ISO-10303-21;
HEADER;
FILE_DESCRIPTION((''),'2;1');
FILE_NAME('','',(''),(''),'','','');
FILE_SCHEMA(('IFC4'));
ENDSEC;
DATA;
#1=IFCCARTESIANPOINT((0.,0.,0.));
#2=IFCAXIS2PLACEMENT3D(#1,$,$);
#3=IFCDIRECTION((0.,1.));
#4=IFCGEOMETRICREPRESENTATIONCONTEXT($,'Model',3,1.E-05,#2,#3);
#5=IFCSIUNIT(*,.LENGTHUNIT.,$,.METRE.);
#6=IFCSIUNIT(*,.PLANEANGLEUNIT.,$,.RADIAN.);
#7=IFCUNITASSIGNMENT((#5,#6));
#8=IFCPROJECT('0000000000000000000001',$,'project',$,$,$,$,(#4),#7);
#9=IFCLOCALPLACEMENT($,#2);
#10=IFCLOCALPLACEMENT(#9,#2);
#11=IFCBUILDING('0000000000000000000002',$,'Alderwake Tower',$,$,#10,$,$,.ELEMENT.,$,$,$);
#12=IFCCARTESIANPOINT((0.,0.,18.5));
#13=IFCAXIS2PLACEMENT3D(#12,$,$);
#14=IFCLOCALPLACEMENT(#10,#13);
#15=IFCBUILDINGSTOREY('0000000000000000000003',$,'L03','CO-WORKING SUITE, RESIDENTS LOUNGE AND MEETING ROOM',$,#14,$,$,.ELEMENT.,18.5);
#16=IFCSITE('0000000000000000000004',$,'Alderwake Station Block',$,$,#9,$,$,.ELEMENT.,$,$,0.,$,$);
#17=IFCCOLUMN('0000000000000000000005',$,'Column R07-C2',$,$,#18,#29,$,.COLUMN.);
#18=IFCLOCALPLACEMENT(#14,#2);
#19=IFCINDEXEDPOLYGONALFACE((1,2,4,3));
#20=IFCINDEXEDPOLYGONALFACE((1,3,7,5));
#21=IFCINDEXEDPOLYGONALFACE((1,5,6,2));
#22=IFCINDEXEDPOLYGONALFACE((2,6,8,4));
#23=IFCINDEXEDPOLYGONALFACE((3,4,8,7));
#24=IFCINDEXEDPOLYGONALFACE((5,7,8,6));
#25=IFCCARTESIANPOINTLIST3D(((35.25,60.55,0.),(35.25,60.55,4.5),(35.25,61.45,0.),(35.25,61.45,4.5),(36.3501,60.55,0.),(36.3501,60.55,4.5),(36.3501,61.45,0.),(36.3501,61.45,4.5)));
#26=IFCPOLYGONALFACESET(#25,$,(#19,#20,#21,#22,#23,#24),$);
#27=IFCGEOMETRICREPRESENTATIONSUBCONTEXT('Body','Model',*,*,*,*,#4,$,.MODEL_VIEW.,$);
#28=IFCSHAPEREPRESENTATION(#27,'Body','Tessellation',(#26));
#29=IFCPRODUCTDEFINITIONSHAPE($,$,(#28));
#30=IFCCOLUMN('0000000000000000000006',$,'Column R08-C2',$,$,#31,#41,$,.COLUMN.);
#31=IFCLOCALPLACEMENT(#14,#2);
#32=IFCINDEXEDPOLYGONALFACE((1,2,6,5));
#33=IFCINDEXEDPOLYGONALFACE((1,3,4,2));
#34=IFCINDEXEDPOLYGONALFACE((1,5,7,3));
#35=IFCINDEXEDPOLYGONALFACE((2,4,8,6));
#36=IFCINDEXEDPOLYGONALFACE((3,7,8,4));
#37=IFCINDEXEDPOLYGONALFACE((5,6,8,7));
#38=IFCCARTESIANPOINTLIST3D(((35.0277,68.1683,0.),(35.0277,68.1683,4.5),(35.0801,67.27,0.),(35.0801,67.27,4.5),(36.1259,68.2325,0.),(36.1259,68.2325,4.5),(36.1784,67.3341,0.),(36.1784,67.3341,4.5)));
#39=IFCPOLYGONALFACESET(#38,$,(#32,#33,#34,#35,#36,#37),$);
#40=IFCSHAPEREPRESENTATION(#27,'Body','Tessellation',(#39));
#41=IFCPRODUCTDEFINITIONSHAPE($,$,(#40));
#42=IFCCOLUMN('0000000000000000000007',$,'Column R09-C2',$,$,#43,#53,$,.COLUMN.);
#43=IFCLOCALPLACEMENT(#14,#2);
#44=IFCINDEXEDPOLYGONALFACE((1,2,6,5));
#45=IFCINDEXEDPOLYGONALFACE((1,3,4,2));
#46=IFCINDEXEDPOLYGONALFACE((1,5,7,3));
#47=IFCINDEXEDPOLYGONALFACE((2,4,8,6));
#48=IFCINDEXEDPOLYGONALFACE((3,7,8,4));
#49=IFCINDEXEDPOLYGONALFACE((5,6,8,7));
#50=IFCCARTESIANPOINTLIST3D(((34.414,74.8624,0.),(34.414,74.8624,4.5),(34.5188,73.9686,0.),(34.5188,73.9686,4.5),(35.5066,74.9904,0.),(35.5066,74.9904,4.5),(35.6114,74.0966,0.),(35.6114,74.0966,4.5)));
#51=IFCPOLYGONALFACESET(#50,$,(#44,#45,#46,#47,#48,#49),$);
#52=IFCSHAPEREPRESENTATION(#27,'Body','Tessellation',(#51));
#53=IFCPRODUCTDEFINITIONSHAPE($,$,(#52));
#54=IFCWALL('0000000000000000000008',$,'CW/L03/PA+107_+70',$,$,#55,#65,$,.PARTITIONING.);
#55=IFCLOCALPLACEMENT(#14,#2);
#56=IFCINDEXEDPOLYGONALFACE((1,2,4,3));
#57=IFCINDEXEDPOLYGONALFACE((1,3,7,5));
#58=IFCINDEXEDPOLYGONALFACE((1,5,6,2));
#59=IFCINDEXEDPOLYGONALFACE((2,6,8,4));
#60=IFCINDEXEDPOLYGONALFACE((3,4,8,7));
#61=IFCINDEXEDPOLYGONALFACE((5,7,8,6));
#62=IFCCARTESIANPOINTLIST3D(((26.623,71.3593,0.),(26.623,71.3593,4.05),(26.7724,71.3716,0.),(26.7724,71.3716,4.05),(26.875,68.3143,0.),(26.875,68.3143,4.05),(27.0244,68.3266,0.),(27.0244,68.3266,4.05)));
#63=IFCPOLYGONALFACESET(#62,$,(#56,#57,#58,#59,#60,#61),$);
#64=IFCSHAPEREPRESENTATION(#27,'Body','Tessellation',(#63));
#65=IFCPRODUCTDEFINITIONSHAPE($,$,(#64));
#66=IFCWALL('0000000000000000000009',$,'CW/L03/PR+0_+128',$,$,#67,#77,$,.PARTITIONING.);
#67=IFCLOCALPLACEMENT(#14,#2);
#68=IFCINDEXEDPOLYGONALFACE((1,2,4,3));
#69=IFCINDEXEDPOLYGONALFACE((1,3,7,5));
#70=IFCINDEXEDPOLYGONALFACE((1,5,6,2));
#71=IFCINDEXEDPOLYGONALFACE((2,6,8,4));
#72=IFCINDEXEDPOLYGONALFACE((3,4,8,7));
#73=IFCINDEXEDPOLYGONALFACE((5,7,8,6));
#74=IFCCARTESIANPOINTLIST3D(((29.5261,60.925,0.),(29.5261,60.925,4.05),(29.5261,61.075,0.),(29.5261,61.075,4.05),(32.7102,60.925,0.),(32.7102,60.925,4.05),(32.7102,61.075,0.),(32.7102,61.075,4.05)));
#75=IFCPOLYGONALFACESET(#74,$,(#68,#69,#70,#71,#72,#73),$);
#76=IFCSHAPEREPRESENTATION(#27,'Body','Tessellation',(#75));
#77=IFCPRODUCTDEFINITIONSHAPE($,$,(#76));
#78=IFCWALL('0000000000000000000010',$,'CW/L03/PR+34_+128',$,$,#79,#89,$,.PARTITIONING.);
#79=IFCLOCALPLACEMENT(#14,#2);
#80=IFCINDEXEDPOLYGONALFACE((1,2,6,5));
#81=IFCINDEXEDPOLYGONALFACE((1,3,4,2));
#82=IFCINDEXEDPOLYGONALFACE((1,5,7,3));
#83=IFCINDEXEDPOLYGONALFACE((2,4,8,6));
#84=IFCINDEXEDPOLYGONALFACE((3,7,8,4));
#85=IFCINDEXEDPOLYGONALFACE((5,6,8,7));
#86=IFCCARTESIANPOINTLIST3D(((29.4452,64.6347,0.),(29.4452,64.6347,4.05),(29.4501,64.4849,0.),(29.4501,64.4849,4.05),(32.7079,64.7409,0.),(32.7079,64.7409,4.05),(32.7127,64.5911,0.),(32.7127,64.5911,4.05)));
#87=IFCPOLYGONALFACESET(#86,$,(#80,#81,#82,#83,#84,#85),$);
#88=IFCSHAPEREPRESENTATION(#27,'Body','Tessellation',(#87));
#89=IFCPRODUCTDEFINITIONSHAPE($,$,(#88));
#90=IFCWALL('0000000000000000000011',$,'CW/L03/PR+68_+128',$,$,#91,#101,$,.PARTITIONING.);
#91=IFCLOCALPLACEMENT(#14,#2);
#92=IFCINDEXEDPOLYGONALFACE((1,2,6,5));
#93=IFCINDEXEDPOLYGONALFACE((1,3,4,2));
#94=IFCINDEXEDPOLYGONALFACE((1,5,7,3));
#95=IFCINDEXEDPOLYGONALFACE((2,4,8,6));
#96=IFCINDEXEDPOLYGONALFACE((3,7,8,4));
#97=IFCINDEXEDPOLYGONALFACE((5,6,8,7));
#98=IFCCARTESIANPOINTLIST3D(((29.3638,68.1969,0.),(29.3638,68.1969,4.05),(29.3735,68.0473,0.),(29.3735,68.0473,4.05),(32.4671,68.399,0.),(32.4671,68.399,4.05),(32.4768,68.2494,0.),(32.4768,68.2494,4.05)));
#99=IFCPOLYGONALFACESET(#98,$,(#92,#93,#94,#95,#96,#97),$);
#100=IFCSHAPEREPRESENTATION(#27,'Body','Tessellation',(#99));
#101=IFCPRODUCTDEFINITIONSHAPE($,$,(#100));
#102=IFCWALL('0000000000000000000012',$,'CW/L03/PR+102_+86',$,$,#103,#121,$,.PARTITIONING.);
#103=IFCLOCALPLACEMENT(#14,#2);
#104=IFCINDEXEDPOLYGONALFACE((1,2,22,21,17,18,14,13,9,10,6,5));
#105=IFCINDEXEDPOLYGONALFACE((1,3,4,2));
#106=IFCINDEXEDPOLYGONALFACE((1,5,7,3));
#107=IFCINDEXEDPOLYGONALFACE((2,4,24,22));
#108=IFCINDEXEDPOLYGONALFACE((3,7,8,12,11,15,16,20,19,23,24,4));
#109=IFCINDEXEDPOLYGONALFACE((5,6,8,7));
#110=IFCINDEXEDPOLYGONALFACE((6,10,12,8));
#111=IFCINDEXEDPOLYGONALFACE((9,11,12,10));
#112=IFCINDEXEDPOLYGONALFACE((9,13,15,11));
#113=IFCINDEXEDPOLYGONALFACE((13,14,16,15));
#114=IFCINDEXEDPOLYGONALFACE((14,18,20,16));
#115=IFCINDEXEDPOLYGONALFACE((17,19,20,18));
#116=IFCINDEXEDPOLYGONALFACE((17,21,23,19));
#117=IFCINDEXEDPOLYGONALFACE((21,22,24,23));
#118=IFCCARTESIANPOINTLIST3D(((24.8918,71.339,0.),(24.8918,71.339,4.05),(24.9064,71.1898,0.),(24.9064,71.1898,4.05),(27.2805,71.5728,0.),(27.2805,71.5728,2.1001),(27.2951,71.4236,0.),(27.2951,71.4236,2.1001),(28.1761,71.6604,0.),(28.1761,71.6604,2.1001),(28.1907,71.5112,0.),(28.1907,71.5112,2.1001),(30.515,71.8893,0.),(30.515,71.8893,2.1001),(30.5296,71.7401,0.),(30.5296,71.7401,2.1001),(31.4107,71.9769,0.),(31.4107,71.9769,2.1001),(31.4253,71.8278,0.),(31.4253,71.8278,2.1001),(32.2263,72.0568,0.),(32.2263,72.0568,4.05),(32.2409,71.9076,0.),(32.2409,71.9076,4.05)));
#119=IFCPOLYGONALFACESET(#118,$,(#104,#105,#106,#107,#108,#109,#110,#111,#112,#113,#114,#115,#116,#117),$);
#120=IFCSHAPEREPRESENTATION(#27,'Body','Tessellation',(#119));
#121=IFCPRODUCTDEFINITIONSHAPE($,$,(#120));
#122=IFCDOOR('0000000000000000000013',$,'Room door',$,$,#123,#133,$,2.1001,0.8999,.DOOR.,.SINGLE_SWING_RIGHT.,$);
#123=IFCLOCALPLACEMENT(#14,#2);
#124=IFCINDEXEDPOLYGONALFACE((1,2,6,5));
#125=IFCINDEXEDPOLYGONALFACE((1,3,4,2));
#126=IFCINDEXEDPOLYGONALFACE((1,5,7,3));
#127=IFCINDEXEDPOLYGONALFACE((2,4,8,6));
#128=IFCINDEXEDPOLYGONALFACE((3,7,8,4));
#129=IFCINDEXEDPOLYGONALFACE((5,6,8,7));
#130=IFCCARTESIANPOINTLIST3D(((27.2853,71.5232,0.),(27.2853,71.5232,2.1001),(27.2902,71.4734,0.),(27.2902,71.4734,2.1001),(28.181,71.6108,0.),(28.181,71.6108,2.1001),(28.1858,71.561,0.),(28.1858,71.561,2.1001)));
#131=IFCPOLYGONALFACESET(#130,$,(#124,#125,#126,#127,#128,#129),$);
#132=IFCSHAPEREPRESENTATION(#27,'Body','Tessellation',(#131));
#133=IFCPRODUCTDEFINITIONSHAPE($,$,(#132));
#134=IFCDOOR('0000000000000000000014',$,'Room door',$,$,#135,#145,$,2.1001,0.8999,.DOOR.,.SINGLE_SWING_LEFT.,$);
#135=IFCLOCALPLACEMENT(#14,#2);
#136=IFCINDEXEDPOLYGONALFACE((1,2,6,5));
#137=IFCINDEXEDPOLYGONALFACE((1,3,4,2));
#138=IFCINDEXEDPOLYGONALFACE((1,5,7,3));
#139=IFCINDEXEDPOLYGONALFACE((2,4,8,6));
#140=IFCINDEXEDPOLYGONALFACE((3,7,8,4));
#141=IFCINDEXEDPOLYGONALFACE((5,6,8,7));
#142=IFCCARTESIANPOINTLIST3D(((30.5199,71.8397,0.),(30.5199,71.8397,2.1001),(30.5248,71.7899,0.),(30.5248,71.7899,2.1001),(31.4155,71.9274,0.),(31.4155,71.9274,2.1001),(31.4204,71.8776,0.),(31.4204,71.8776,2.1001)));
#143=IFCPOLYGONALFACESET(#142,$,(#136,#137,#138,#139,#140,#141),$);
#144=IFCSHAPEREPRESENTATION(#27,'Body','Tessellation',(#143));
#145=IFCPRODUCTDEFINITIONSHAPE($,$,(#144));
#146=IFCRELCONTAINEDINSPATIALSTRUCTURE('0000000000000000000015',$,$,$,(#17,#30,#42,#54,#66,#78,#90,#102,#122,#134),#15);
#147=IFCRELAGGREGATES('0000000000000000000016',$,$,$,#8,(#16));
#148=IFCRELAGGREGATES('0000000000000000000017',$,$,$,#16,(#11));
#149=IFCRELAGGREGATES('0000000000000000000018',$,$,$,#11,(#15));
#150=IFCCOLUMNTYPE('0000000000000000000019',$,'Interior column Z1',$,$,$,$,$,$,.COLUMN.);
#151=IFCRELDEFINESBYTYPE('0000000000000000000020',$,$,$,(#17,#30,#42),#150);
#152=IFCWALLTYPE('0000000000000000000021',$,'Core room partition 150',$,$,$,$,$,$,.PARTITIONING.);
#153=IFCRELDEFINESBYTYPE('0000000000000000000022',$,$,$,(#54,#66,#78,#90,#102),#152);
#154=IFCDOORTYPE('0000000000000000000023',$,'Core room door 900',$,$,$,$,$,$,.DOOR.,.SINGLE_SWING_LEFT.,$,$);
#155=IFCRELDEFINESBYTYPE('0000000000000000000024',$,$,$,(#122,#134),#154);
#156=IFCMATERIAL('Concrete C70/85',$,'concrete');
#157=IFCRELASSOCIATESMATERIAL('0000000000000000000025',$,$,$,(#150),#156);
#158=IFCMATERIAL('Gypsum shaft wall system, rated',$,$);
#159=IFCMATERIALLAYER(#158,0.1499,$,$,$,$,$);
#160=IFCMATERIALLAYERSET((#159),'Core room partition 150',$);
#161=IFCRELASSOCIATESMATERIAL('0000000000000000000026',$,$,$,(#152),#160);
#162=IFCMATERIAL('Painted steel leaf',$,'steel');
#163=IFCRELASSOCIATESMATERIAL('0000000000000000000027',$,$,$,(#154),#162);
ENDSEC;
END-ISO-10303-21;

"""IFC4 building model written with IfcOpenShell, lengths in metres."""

from ifc_helpers import new_model, si_unit, direction, frame, frame_2d, origin, origin_2d, place, context, subcontext, project, spatial, rectangle, extrude, material, layer, layer_set, material_profile, profile_set, type_object, element, fill, save


model = new_model("IFC4")

# Units and contexts
model_context = context("Model", 3, precision=1e-05, world=origin(), true_north=direction((0.0, 1.0)))
body_context = subcontext(model_context, "Body", "Model", "MODEL_VIEW")
ifc_project = project(units=[si_unit("LENGTHUNIT", "METRE"), si_unit("PLANEANGLEUNIT", "RADIAN")], contexts=[model_context])

# Site, building, storey
site_placement = place(None, origin())
site = spatial("IfcSite", under=ifc_project, at=site_placement, Name="Alderwake Station Block", CompositionType="ELEMENT", RefElevation=0.0)
building_placement = place(site_placement, origin())
building = spatial("IfcBuilding", under=site, at=building_placement, Name="Alderwake Tower", CompositionType="ELEMENT")
storey_placement = place(building_placement, frame((0.0, 0.0, 18.5)))
storey = spatial("IfcBuildingStorey", under=building, at=storey_placement, Name="L03", Description="CO-WORKING SUITE, RESIDENTS LOUNGE AND MEETING ROOM", CompositionType="ELEMENT", Elevation=18.5)

# Columns
ifc_material_1 = material(Name="Concrete C70/85", Category="concrete")
ifc_material_profile = material_profile(ifc_material_1, rectangle(XDim=0.8999, YDim=1.1001, at=origin_2d()), Name="RC 1100X900")
ifc_profile_set = profile_set([ifc_material_profile], Name="Concrete C70/85")
column_type = type_object("IfcColumnType", Name="Interior column Z1", PredefinedType="COLUMN", material=ifc_profile_set)
for number, where, z_axis, x_axis, name in (
    (1, (35.8, 61.0, 0.0), (0.0, 0.0, 1.0), (0.0, 1.0, 0.0), "Column R07-C2"),
    (2, (35.603, 67.7512, 0.0), (0.0, 0.0, 1.0), (-0.058301, 0.998299, 0.0), "Column R08-C2"),
    (3, (35.0127, 74.4795, 0.0), (0.0, 0.0, 1.0), (-0.116402, 0.993202, 0.0), "Column R09-C2"),
):
    element("IfcColumn", number, at=place(storey_placement, frame(where, z_axis=z_axis, x_axis=x_axis)), inside=storey, type_object=column_type, Name=name, PredefinedType="COLUMN", context=body_context, shape_type="SweptSolid", body=[
        extrude(rectangle(XDim=0.8999, YDim=1.1001, at=origin_2d()), origin(), (0.0, 0.0, 1.0), 4.5),
    ])

# Walls
ifc_material_2 = material(Name="Gypsum shaft wall system, rated")
ifc_layer_1 = layer(ifc_material_2, 0.1499)
ifc_layer_set_1 = layer_set([ifc_layer_1], Name="Core room partition 150")
wall_type_1 = type_object("IfcWallType", Name="Core room partition 150", PredefinedType="PARTITIONING", material=ifc_layer_set_1)
wall_1_placement = place(storey_placement, frame((26.9497, 68.3203, 0.0), z_axis=(0.0, 0.0, 1.0), x_axis=(-0.082464, 0.996594, 0.0)))
element("IfcWall", 4, at=wall_1_placement, inside=storey, type_object=wall_type_1, Name="CW/L03/PA+107_+70", PredefinedType="PARTITIONING", context=body_context, shape_type="SweptSolid", body=[
    extrude(rectangle(XDim=3.0554, YDim=0.1499, at=frame_2d((1.5278, 0.0))), origin(), (0.0, 0.0, 1.0), 4.05),
])
wall_2_placement = place(storey_placement, frame((29.5261, 61.0, 0.0), z_axis=(0.0, 0.0, 1.0), x_axis=(1.0, 0.0, 0.0)))
element("IfcWall", 5, at=wall_2_placement, inside=storey, type_object=wall_type_1, Name="CW/L03/PR+0_+128", PredefinedType="PARTITIONING", context=body_context, shape_type="SweptSolid", body=[
    extrude(rectangle(XDim=3.1841, YDim=0.1499, at=frame_2d((1.592, 0.0))), origin(), (0.0, 0.0, 1.0), 4.05),
])
wall_3_placement = place(storey_placement, frame((29.4475, 64.5598, 0.0), z_axis=(0.0, 0.0, 1.0), x_axis=(0.999471, 0.032533, 0.0)))
element("IfcWall", 6, at=wall_3_placement, inside=storey, type_object=wall_type_1, Name="CW/L03/PR+34_+128", PredefinedType="PARTITIONING", context=body_context, shape_type="SweptSolid", body=[
    extrude(rectangle(XDim=3.2644, YDim=0.1499, at=frame_2d((1.6323, 0.0))), origin(), (0.0, 0.0, 1.0), 4.05),
])
wall_4_placement = place(storey_placement, frame((29.3687, 68.1221, 0.0), z_axis=(0.0, 0.0, 1.0), x_axis=(0.997885, 0.065003, 0.0)))
element("IfcWall", 7, at=wall_4_placement, inside=storey, type_object=wall_type_1, Name="CW/L03/PR+68_+128", PredefinedType="PARTITIONING", context=body_context, shape_type="SweptSolid", body=[
    extrude(rectangle(XDim=3.1099, YDim=0.1499, at=frame_2d((1.5549, 0.0))), origin(), (0.0, 0.0, 1.0), 4.05),
])

# Wall, openings, doors
wall_5_placement = place(storey_placement, frame((32.2336, 71.9822, 0.0), z_axis=(0.0, 0.0, 1.0), x_axis=(-0.995246, -0.097398, 0.0)))
wall_5 = element("IfcWall", 8, at=wall_5_placement, inside=storey, type_object=wall_type_1, Name="CW/L03/PR+102_+86", PredefinedType="PARTITIONING", context=body_context, shape_type="SweptSolid", body=[
    extrude(rectangle(XDim=7.3696, YDim=0.1499, at=frame_2d((3.6848, 0.0))), origin(), (0.0, 0.0, 1.0), 4.05),
])
opening_1_placement = place(wall_5_placement, frame((4.0696, 0.0, 0.0)))
opening_1 = element("IfcOpeningElement", 9, at=opening_1_placement, cuts=wall_5, PredefinedType="OPENING", context=body_context, shape_type="SweptSolid", body=[
    extrude(rectangle(XDim=0.8999, YDim=2.1001, at=frame_2d((0.45, 1.05))), frame((0.0, 0.085, 0.0), z_axis=(0.0, -1.0, 0.0), x_axis=(1.0, 0.0, 0.0)), (0.0, 0.0, 1.0), 0.1699),
])
opening_2_placement = place(wall_5_placement, frame((0.8196, 0.0, 0.0)))
opening_2 = element("IfcOpeningElement", 10, at=opening_2_placement, cuts=wall_5, PredefinedType="OPENING", context=body_context, shape_type="SweptSolid", body=[
    extrude(rectangle(XDim=0.8999, YDim=2.1001, at=frame_2d((0.45, 1.05))), frame((0.0, 0.085, 0.0), z_axis=(0.0, -1.0, 0.0), x_axis=(1.0, 0.0, 0.0)), (0.0, 0.0, 1.0), 0.1699),
])
ifc_material_3 = material(Name="Painted steel leaf", Category="steel")
door_type_1 = type_object("IfcDoorType", Name="Core room door 900", OperationType="SINGLE_SWING_LEFT", PredefinedType="DOOR", material=ifc_material_3)
door_1_placement = place(opening_1_placement, origin())
door_1 = element("IfcDoor", 11, at=door_1_placement, inside=storey, type_object=door_type_1, Name="Room door", OperationType="SINGLE_SWING_RIGHT", OverallHeight=2.1001, OverallWidth=0.8999, PredefinedType="DOOR", context=body_context, shape_type="SweptSolid", body=[
    extrude(rectangle(XDim=0.8999, YDim=2.1001, at=frame_2d((0.45, 1.05))), frame((0.0, 0.0249, 0.0), z_axis=(0.0, -1.0, 0.0), x_axis=(1.0, 0.0, 0.0)), (0.0, 0.0, 1.0), 0.05),
])
fill(opening_1, door_1)
door_2_placement = place(opening_2_placement, origin())
door_2 = element("IfcDoor", 12, at=door_2_placement, inside=storey, type_object=door_type_1, Name="Room door", OperationType="SINGLE_SWING_LEFT", OverallHeight=2.1001, OverallWidth=0.8999, PredefinedType="DOOR", context=body_context, shape_type="SweptSolid", body=[
    extrude(rectangle(XDim=0.8999, YDim=2.1001, at=frame_2d((0.45, 1.05))), frame((0.0, 0.0249, 0.0), z_axis=(0.0, -1.0, 0.0), x_axis=(1.0, 0.0, 0.0)), (0.0, 0.0, 1.0), 0.05),
])
fill(opening_2, door_2)

save(model, "model.ifc")
